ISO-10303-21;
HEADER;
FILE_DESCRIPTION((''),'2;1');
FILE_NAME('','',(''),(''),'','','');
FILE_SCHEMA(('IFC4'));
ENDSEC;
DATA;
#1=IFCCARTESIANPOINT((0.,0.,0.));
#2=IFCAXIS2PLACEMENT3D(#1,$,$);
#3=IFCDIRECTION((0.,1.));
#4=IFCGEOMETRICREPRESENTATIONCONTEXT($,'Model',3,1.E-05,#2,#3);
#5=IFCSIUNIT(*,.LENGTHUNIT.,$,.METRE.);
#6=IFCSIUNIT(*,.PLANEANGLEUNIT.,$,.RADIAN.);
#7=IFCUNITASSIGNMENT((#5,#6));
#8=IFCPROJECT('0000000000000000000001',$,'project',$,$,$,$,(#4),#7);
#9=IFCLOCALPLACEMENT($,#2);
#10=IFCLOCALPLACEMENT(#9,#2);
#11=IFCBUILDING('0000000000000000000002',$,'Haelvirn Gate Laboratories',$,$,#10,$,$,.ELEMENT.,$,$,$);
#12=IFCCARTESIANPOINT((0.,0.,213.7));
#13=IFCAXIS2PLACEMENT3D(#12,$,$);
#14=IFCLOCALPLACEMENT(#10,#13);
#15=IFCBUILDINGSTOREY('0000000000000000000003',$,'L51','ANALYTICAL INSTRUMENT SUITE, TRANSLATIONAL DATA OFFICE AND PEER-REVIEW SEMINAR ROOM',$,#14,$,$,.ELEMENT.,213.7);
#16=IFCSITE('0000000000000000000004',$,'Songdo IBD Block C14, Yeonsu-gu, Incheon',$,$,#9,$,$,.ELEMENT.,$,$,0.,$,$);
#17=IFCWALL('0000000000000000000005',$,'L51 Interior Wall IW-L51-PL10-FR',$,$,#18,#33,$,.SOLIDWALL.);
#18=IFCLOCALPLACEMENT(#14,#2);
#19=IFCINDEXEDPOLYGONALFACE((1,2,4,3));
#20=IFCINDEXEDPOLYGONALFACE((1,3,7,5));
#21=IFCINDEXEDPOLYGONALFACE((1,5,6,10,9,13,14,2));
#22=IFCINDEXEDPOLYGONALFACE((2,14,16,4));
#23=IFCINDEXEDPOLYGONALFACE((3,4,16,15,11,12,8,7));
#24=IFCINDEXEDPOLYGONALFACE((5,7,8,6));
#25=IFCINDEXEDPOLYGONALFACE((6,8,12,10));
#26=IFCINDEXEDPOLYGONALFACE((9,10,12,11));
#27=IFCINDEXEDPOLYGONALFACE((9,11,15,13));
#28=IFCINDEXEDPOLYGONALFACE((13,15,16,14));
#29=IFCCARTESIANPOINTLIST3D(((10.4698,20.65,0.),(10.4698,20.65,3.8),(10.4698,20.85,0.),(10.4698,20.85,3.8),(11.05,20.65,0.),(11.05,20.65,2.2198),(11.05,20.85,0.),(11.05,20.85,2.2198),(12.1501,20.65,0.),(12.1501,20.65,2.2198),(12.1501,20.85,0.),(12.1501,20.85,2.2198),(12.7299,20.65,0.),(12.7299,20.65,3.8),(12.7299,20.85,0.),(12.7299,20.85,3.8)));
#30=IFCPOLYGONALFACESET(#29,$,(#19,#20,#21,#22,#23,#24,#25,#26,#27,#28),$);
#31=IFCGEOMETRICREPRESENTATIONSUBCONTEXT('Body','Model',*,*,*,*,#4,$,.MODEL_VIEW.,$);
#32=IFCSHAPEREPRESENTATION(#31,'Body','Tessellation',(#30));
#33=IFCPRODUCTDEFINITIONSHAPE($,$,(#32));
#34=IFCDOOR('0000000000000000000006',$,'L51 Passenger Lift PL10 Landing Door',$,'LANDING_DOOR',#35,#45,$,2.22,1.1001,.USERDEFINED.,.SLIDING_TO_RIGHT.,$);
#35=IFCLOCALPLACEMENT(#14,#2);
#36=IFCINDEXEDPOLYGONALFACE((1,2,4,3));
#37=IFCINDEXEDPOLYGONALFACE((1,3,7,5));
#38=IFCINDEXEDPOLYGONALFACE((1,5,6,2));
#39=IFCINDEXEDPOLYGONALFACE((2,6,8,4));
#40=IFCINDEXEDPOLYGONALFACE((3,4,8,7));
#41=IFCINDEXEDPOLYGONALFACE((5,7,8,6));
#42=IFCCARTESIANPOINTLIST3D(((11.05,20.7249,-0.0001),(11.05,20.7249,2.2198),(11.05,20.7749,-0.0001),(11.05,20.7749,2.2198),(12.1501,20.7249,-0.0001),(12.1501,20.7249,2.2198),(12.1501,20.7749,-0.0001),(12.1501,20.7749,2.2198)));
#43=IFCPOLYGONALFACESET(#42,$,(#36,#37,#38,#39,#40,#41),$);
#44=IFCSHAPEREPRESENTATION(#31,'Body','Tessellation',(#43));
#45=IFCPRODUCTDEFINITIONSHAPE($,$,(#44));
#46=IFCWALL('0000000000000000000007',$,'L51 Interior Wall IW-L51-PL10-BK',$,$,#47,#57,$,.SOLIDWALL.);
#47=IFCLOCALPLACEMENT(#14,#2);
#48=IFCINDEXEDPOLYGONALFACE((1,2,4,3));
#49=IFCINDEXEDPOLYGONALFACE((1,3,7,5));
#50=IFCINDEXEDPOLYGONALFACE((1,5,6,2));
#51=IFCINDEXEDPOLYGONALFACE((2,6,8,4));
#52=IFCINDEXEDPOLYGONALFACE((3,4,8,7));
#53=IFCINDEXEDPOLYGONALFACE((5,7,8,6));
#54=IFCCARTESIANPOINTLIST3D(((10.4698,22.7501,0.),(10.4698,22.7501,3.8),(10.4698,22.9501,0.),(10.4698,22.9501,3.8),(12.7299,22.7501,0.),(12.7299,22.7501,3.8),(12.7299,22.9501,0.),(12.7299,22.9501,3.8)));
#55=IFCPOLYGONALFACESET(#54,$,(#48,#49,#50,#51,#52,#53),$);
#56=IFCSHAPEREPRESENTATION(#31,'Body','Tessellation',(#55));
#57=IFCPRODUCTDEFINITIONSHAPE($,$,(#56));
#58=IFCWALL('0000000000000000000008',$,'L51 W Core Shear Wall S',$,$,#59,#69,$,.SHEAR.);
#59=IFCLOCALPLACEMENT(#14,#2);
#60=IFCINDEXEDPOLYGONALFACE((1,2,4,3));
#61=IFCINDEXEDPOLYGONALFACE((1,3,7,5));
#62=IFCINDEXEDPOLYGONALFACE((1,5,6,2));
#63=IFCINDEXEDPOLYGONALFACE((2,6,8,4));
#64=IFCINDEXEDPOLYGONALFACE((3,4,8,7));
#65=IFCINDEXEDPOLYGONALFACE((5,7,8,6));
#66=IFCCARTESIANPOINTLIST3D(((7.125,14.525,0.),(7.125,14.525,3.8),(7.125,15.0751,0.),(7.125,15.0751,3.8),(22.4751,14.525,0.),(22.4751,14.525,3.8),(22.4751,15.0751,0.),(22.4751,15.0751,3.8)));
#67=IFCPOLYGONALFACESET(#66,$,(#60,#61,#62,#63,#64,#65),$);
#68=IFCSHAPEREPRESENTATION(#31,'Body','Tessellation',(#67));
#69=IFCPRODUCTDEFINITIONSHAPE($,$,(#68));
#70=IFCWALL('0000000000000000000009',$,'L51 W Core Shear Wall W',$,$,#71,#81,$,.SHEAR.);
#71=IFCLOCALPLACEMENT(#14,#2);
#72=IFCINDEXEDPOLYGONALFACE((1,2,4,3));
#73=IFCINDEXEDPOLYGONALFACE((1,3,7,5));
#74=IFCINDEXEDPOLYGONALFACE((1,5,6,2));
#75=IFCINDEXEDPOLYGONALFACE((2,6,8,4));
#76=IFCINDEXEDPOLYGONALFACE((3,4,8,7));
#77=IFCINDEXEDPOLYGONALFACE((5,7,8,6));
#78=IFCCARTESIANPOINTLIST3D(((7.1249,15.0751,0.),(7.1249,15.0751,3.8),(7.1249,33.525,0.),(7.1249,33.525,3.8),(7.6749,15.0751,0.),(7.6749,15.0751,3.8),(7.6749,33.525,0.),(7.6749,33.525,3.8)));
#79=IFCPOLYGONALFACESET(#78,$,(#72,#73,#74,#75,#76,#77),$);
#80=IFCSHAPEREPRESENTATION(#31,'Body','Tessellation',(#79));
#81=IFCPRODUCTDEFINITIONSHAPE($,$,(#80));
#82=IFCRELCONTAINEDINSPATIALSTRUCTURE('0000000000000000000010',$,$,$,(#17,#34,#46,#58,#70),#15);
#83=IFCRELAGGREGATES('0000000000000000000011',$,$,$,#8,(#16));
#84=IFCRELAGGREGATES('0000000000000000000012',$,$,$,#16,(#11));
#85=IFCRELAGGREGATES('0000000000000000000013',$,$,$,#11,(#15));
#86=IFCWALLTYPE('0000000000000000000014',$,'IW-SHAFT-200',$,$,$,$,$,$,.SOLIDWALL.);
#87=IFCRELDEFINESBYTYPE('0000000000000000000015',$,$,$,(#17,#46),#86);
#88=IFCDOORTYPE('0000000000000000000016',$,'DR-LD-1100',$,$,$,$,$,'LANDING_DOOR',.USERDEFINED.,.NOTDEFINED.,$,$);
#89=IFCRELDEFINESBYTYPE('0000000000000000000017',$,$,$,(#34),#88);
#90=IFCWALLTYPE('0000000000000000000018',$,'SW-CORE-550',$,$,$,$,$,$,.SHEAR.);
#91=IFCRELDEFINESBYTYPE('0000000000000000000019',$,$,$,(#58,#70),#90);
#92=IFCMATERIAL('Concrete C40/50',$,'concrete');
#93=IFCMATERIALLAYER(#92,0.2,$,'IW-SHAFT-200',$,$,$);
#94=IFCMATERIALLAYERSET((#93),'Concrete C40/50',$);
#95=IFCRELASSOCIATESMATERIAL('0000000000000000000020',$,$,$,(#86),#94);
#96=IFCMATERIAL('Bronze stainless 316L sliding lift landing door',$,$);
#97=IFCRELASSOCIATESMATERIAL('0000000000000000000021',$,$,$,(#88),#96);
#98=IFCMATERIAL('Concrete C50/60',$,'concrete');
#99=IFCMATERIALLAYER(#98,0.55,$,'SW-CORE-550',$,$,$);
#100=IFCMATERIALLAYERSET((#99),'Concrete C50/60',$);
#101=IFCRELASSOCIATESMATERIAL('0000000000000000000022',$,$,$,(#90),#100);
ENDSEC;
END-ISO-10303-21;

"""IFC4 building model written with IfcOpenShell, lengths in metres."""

from ifc_helpers import new_model, si_unit, direction, frame, frame_2d, origin, place, context, subcontext, project, spatial, rectangle, extrude, source, transform, mapped, material, layer, layer_set, type_object, type_shapes, element, fill, save


model = new_model("IFC4")

# Units and contexts
model_context = context("Model", 3, precision=1e-05, world=origin(), true_north=direction((0.0, 1.0)))
body_context = subcontext(model_context, "Body", "Model", "MODEL_VIEW")
ifc_project = project(units=[si_unit("LENGTHUNIT", "METRE"), si_unit("PLANEANGLEUNIT", "RADIAN")], contexts=[model_context])

# Site, building, storey
site_placement = place(None, origin())
site = spatial("IfcSite", under=ifc_project, at=site_placement, Name="Songdo IBD Block C14, Yeonsu-gu, Incheon", CompositionType="ELEMENT", RefElevation=0.0)
building_placement = place(site_placement, origin())
building = spatial("IfcBuilding", under=site, at=building_placement, Name="Haelvirn Gate Laboratories", CompositionType="ELEMENT")
storey_placement = place(building_placement, frame((0.0, 0.0, 213.7)))
storey = spatial("IfcBuildingStorey", under=building, at=storey_placement, Name="L51", Description="ANALYTICAL INSTRUMENT SUITE, TRANSLATIONAL DATA OFFICE AND PEER-REVIEW SEMINAR ROOM", CompositionType="ELEMENT", Elevation=213.7)

# Shared definitions
ifc_material_1 = material(Name="Concrete C50/60", Category="concrete")

# Shared definitions
ifc_material_2 = material(Name="Concrete C40/50", Category="concrete")

# Shared definitions
ifc_layer_1 = layer(ifc_material_2, 0.2, Name="IW-SHAFT-200")
ifc_layer_set_1 = layer_set([ifc_layer_1], Name="Concrete C40/50")
wall_type_1 = type_object("IfcWallType", Name="IW-SHAFT-200", PredefinedType="SOLIDWALL", material=ifc_layer_set_1)
ifc_material_3 = material(Name="Bronze stainless 316L sliding lift landing door")
door_type_1 = type_object("IfcDoorType", Name="DR-LD-1100", ElementType="LANDING_DOOR", OperationType="NOTDEFINED", PredefinedType="USERDEFINED", material=ifc_material_3)
shared_shape_1 = source(origin(), body_context, "Body", "SweptSolid", [
    extrude(rectangle(XDim=1.1001, YDim=2.22, at=frame_2d((0.55, 1.1099))), frame((0.0, 0.0249, 0.0), z_axis=(0.0, -1.0, 0.0), x_axis=(1.0, 0.0, 0.0)), (0.0, 0.0, 1.0), 0.05),
])
type_shapes(door_type_1, [shared_shape_1])

# Wall, opening, door
wall_1_placement = place(storey_placement, frame((10.47, 20.75, 0.0), z_axis=(0.0, 0.0, 1.0), x_axis=(1.0, 0.0, 0.0)))
wall_1 = element("IfcWall", 1, at=wall_1_placement, inside=storey, type_object=wall_type_1, Name="L51 Interior Wall IW-L51-PL10-FR", PredefinedType="SOLIDWALL", context=body_context, shape_type="SweptSolid", body=[
    extrude(rectangle(XDim=2.26, YDim=0.2, at=frame_2d((1.1299, 0.0))), origin(), (0.0, 0.0, 1.0), 3.8),
])
opening_1_placement = place(wall_1_placement, frame((0.5801, 0.0, 0.0)))
opening_1 = element("IfcOpeningElement", 2, at=opening_1_placement, cuts=wall_1, PredefinedType="OPENING", context=body_context, shape_type="SweptSolid", body=[
    extrude(rectangle(XDim=1.1001, YDim=2.22, at=frame_2d((0.55, 1.1099))), frame((0.0, 0.1099, 0.0), z_axis=(0.0, -1.0, 0.0), x_axis=(1.0, 0.0, 0.0)), (0.0, 0.0, 1.0), 0.22),
])
door_1_placement = place(opening_1_placement, origin())
door_1 = element("IfcDoor", 3, at=door_1_placement, inside=storey, type_object=door_type_1, Name="L51 Passenger Lift PL10 Landing Door", ObjectType="LANDING_DOOR", OperationType="SLIDING_TO_RIGHT", OverallHeight=2.22, OverallWidth=1.1001, PredefinedType="USERDEFINED", context=body_context, shape_type="MappedRepresentation", body=[
    mapped(shared_shape_1, transform((0.0, 0.0, 0.0), scale=1.0)),
])
fill(opening_1, door_1)

# Walls
wall_2_placement = place(storey_placement, frame((10.47, 22.8501, 0.0), z_axis=(0.0, 0.0, 1.0), x_axis=(1.0, 0.0, 0.0)))
element("IfcWall", 4, at=wall_2_placement, inside=storey, type_object=wall_type_1, Name="L51 Interior Wall IW-L51-PL10-BK", PredefinedType="SOLIDWALL", context=body_context, shape_type="SweptSolid", body=[
    extrude(rectangle(XDim=2.26, YDim=0.2, at=frame_2d((1.1299, 0.0))), origin(), (0.0, 0.0, 1.0), 3.8),
])
ifc_layer_2 = layer(ifc_material_1, 0.55, Name="SW-CORE-550")
ifc_layer_set_2 = layer_set([ifc_layer_2], Name="Concrete C50/60")
wall_type_2 = type_object("IfcWallType", Name="SW-CORE-550", PredefinedType="SHEAR", material=ifc_layer_set_2)
wall_3_placement = place(storey_placement, frame((7.125, 14.8, 0.0), z_axis=(0.0, 0.0, 1.0), x_axis=(1.0, 0.0, 0.0)))
element("IfcWall", 5, at=wall_3_placement, inside=storey, type_object=wall_type_2, Name="L51 W Core Shear Wall S", PredefinedType="SHEAR", context=body_context, shape_type="SweptSolid", body=[
    extrude(rectangle(XDim=15.3501, YDim=0.55, at=frame_2d((7.675, 0.0))), origin(), (0.0, 0.0, 1.0), 3.8),
])
wall_4_placement = place(storey_placement, frame((7.3999, 15.075, 0.0), z_axis=(0.0, 0.0, 1.0), x_axis=(0.0, 1.0, 0.0)))
element("IfcWall", 6, at=wall_4_placement, inside=storey, type_object=wall_type_2, Name="L51 W Core Shear Wall W", PredefinedType="SHEAR", context=body_context, shape_type="SweptSolid", body=[
    extrude(rectangle(XDim=18.45, YDim=0.55, at=frame_2d((9.2251, 0.0))), origin(), (0.0, 0.0, 1.0), 3.8),
])

save(model, "model.ifc")
